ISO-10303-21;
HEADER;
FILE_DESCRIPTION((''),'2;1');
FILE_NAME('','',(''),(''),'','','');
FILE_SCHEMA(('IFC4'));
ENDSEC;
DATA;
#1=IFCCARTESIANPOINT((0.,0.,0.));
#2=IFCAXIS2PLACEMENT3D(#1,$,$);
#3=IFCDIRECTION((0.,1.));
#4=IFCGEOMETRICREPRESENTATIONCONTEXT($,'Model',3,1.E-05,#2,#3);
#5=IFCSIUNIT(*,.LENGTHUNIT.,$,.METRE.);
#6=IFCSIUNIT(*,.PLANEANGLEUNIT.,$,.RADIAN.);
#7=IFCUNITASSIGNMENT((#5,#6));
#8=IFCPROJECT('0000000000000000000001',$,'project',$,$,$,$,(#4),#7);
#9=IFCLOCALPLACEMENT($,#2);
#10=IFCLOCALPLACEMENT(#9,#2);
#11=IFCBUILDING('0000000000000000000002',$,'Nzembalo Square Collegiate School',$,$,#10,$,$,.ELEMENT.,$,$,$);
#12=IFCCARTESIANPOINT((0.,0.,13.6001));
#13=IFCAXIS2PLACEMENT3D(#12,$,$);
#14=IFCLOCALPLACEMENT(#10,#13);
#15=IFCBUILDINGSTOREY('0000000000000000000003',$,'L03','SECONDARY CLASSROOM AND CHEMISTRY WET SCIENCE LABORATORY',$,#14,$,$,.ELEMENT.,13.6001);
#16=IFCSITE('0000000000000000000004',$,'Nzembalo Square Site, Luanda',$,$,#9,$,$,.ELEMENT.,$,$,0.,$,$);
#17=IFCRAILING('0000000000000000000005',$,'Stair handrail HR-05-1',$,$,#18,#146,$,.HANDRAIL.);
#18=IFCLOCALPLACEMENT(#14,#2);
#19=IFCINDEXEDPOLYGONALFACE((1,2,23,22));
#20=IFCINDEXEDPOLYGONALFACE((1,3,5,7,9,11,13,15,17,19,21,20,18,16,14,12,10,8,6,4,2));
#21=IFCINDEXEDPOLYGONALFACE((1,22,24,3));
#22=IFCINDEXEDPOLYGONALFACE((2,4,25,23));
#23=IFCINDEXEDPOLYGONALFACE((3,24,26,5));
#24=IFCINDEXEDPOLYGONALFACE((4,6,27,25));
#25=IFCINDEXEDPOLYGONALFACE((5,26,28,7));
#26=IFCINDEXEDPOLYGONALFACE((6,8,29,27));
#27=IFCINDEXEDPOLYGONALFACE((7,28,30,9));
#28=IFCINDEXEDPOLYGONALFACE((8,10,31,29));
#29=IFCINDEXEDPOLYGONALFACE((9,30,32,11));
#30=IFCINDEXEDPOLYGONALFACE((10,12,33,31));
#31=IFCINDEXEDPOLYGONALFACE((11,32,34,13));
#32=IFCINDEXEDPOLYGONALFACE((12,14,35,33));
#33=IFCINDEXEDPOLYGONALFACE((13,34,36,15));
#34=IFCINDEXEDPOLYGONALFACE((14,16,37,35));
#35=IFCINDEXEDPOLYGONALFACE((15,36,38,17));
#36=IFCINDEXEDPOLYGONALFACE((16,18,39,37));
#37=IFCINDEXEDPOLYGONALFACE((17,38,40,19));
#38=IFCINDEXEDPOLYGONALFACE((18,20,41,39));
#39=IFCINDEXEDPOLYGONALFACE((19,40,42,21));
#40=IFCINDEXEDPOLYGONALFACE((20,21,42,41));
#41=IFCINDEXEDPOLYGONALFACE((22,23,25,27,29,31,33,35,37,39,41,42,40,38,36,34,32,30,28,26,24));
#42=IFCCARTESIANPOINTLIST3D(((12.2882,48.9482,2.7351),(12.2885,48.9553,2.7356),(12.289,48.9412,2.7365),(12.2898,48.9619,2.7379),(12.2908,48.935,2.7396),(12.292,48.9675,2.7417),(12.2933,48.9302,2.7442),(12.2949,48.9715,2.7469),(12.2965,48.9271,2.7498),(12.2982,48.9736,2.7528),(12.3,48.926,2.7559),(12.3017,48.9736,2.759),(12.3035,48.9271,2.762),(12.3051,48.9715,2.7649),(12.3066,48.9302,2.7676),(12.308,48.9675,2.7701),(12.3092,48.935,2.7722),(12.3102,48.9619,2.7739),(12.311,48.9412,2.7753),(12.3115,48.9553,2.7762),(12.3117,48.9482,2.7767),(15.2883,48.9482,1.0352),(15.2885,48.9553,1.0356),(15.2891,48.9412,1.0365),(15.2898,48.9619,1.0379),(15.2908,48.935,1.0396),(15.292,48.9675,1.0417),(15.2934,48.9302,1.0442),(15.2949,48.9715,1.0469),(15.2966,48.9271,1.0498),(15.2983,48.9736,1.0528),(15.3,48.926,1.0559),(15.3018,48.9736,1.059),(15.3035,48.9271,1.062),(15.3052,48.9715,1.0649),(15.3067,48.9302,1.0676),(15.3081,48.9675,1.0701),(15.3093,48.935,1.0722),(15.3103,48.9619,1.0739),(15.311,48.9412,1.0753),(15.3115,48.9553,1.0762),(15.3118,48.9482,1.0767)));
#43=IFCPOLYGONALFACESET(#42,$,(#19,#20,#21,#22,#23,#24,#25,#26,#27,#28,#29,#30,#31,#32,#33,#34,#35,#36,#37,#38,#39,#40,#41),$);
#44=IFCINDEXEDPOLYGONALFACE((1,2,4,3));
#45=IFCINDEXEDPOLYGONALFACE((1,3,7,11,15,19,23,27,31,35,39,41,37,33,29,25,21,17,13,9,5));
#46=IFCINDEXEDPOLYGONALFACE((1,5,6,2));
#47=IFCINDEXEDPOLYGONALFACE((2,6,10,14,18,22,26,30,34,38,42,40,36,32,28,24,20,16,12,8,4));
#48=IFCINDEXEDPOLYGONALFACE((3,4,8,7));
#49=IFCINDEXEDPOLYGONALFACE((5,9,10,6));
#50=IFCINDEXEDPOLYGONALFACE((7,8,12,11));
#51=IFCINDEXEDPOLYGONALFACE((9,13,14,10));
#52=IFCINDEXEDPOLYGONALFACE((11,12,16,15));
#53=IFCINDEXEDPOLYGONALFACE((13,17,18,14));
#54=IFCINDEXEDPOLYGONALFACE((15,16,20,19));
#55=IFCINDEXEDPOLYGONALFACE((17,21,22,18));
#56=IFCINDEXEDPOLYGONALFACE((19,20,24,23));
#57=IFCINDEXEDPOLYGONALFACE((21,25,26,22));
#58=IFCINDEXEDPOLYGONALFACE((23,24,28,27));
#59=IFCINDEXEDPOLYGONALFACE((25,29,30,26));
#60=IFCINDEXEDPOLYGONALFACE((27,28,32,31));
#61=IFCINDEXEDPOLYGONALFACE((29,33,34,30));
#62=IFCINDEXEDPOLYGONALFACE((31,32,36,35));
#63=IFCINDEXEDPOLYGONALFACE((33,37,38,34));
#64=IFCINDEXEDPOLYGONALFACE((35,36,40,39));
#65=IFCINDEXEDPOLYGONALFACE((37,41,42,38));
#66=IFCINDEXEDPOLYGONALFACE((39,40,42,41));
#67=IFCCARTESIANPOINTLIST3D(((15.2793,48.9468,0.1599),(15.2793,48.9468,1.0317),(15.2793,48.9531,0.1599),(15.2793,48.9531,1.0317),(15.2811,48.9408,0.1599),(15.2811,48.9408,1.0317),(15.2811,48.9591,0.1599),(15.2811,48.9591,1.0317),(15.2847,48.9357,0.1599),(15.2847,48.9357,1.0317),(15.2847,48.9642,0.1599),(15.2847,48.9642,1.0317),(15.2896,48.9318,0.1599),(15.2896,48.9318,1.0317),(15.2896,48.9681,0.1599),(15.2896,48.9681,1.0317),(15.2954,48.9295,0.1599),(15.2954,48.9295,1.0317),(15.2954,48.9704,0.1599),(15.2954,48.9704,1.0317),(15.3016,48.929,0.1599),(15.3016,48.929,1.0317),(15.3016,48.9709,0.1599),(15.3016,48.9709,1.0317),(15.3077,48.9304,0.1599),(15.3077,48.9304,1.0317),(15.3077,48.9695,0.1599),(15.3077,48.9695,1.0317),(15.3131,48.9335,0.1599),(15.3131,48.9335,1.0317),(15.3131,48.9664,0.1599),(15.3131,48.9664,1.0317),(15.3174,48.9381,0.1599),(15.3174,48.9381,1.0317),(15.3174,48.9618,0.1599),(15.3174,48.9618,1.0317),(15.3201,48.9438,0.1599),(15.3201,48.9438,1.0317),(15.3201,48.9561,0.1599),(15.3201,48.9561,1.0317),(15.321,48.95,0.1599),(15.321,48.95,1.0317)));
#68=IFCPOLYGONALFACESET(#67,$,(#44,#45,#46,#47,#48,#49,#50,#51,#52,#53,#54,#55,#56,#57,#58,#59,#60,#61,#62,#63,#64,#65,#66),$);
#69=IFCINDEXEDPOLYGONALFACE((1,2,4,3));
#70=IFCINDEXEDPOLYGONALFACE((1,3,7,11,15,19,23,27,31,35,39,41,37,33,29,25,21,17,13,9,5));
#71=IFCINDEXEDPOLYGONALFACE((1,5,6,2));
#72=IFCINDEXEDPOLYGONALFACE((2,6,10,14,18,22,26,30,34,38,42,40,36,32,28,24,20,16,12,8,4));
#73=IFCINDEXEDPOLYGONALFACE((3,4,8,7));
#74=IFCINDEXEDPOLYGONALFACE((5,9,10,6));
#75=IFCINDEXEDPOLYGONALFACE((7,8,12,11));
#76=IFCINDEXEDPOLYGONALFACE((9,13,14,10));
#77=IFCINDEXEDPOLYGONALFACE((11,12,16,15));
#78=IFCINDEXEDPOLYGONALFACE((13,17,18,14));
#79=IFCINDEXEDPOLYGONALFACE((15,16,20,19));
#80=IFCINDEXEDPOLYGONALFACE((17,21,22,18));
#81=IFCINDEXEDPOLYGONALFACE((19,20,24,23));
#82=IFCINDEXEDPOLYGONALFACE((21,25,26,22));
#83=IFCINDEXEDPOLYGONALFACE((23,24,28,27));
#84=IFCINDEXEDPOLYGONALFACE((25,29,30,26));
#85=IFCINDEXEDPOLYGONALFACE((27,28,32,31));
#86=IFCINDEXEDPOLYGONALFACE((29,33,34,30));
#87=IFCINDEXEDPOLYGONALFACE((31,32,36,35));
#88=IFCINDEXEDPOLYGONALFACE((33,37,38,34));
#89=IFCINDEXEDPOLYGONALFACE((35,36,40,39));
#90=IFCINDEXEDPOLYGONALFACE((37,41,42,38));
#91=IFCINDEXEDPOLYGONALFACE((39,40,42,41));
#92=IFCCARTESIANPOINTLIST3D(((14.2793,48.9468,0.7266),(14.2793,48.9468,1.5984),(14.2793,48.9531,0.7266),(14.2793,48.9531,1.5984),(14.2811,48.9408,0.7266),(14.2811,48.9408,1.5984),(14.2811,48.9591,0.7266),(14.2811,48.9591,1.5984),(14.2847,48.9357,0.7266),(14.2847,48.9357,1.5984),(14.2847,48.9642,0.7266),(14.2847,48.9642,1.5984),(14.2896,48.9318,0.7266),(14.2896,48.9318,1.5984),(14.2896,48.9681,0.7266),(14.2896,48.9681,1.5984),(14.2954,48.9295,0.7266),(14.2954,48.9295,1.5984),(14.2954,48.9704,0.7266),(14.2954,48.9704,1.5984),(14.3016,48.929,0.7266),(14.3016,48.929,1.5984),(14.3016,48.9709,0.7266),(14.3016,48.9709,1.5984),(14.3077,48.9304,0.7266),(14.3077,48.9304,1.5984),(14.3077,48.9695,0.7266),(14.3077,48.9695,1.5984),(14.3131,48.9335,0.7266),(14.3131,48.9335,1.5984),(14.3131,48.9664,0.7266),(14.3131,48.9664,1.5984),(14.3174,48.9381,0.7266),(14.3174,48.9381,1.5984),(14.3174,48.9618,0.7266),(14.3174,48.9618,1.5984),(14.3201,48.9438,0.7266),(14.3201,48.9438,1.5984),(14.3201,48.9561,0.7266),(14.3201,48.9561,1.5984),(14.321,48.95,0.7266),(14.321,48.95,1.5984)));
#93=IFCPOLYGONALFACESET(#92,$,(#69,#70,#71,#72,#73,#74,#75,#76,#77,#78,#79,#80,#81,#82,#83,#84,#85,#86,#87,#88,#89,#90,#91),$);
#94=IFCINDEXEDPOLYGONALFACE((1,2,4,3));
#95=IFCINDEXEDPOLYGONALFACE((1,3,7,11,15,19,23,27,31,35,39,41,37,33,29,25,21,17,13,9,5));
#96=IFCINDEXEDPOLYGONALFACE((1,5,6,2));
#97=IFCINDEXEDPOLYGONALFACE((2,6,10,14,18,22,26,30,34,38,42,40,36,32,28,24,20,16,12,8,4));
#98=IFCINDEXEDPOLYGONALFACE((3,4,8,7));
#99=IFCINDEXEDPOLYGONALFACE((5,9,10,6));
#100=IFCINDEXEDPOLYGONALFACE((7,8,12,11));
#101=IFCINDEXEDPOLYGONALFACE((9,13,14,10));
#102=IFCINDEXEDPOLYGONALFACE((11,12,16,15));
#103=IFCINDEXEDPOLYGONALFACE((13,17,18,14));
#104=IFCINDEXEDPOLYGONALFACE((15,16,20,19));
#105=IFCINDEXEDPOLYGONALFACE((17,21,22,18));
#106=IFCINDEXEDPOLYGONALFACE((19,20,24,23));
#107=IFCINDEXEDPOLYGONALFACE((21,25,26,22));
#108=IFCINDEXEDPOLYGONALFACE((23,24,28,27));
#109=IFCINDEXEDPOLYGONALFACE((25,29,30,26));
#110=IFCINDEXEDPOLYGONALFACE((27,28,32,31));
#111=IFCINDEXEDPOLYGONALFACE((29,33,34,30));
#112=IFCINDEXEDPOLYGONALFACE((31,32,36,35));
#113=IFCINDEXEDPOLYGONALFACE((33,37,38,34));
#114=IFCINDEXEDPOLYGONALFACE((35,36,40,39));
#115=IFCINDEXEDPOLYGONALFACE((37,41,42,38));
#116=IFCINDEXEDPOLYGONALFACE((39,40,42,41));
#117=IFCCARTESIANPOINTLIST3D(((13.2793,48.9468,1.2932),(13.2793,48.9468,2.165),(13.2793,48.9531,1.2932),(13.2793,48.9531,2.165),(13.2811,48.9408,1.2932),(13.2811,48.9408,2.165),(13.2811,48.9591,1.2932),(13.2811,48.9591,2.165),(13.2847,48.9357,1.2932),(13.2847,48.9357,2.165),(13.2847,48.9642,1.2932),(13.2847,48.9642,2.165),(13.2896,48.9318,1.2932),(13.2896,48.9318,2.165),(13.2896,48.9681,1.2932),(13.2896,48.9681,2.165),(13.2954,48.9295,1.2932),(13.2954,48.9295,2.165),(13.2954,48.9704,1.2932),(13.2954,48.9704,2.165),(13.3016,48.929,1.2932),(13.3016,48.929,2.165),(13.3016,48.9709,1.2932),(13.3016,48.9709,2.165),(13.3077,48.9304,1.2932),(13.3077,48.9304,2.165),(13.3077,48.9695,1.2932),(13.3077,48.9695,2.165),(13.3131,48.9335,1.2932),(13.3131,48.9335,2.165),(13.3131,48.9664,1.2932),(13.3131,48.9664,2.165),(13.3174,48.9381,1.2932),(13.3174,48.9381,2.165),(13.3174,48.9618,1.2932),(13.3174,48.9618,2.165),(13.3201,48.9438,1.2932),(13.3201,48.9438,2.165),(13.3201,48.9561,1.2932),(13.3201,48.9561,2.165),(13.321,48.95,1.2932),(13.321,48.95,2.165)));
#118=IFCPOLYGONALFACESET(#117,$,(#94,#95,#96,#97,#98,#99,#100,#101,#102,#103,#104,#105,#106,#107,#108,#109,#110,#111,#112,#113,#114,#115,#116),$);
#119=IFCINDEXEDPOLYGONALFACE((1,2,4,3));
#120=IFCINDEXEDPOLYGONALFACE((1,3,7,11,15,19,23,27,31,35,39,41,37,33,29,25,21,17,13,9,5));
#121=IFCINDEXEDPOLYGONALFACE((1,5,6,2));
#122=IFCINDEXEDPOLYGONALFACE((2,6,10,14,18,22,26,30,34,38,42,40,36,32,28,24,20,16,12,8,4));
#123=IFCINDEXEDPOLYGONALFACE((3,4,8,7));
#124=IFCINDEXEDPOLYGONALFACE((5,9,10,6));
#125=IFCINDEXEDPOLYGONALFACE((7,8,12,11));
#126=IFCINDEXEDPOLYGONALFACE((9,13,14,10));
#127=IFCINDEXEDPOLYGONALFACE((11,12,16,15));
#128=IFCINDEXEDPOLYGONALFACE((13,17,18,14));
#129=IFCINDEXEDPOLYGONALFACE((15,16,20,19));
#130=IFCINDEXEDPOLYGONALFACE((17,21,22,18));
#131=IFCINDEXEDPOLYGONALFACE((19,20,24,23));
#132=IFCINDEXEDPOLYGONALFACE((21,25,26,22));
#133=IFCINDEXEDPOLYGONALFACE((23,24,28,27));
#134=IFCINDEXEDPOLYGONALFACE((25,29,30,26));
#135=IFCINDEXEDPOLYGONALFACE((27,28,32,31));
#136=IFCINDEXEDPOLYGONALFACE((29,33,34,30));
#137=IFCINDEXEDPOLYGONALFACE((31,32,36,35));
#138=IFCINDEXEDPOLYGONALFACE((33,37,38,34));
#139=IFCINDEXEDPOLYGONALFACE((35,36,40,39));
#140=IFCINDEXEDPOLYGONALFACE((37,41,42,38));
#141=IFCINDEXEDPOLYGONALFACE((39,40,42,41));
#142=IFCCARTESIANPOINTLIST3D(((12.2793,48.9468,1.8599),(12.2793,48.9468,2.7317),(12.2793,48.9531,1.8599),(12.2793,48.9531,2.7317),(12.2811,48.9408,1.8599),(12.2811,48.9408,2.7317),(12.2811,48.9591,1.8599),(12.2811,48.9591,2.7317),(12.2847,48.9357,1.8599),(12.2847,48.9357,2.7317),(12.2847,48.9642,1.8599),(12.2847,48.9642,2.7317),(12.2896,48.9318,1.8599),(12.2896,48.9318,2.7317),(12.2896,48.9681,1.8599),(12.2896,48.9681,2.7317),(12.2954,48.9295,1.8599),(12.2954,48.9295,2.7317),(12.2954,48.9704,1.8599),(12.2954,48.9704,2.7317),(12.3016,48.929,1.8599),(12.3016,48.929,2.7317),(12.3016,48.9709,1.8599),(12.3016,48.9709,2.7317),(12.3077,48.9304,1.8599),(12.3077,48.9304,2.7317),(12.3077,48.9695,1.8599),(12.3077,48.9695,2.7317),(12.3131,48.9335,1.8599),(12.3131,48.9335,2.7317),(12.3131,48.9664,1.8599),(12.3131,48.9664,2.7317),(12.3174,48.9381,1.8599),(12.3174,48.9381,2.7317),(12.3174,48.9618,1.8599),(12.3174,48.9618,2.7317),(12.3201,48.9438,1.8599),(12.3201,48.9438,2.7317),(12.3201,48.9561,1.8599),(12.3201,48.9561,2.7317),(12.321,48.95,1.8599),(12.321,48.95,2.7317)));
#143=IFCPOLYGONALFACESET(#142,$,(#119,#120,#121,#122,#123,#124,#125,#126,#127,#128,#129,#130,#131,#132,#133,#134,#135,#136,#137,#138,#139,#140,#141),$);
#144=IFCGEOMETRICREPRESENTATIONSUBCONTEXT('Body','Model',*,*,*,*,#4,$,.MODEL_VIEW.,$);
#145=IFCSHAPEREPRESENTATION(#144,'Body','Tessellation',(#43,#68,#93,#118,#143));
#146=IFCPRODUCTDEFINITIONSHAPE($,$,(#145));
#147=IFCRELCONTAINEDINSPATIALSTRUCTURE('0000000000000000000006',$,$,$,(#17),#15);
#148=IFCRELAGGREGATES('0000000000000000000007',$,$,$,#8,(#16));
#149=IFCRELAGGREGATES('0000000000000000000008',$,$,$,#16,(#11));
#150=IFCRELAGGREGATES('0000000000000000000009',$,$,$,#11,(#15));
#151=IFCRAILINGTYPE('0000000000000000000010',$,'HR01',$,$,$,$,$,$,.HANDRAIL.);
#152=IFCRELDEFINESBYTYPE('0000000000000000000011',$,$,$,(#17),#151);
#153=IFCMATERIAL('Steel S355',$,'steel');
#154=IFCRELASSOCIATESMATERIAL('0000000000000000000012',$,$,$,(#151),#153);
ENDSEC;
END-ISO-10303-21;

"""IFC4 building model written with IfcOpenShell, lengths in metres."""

from ifc_helpers import new_model, si_unit, direction, frame, origin, origin_2d, place, context, subcontext, project, spatial, circle, extrude, material, type_object, element, save


model = new_model("IFC4")

# Units and contexts
model_context = context("Model", 3, precision=1e-05, world=origin(), true_north=direction((0.0, 1.0)))
body_context = subcontext(model_context, "Body", "Model", "MODEL_VIEW")
ifc_project = project(units=[si_unit("LENGTHUNIT", "METRE"), si_unit("PLANEANGLEUNIT", "RADIAN")], contexts=[model_context])

# Site, building, storey
site_placement = place(None, origin())
site = spatial("IfcSite", under=ifc_project, at=site_placement, Name="Nzembalo Square Site, Luanda", CompositionType="ELEMENT", RefElevation=0.0)
building_placement = place(site_placement, origin())
building = spatial("IfcBuilding", under=site, at=building_placement, Name="Nzembalo Square Collegiate School", CompositionType="ELEMENT")
storey_placement = place(building_placement, frame((0.0, 0.0, 13.6001)))
storey = spatial("IfcBuildingStorey", under=building, at=storey_placement, Name="L03", Description="SECONDARY CLASSROOM AND CHEMISTRY WET SCIENCE LABORATORY", CompositionType="ELEMENT", Elevation=13.6001)

# Railing
ifc_material_1 = material(Name="Steel S355", Category="steel")
railing_type_1 = type_object("IfcRailingType", Name="HR01", PredefinedType="HANDRAIL", material=ifc_material_1)
railing_1_placement = place(storey_placement, frame((15.3, 48.95, 0.1599)))
element("IfcRailing", 1, at=railing_1_placement, inside=storey, type_object=railing_type_1, Name="Stair handrail HR-05-1", PredefinedType="HANDRAIL", context=body_context, shape_type="SweptSolid", body=[
    extrude(circle(Radius=0.0239, at=origin_2d()), frame((0.0, 0.0, 0.896), z_axis=(-0.870028, 0.0, 0.493002), x_axis=(0.0, -1.0, 0.0)), (0.0, 0.0, 1.0), 3.4482),
    extrude(circle(Radius=0.021, at=origin_2d()), origin(), (0.0, 0.0, 1.0), 0.8718),
    extrude(circle(Radius=0.021, at=origin_2d()), frame((-1.0, 0.0, 0.5667)), (0.0, 0.0, 1.0), 0.8718),
    extrude(circle(Radius=0.021, at=origin_2d()), frame((-2.0, 0.0, 1.1333)), (0.0, 0.0, 1.0), 0.8718),
    extrude(circle(Radius=0.021, at=origin_2d()), frame((-3.0, 0.0, 1.7)), (0.0, 0.0, 1.0), 0.8718),
])

save(model, "model.ifc")
